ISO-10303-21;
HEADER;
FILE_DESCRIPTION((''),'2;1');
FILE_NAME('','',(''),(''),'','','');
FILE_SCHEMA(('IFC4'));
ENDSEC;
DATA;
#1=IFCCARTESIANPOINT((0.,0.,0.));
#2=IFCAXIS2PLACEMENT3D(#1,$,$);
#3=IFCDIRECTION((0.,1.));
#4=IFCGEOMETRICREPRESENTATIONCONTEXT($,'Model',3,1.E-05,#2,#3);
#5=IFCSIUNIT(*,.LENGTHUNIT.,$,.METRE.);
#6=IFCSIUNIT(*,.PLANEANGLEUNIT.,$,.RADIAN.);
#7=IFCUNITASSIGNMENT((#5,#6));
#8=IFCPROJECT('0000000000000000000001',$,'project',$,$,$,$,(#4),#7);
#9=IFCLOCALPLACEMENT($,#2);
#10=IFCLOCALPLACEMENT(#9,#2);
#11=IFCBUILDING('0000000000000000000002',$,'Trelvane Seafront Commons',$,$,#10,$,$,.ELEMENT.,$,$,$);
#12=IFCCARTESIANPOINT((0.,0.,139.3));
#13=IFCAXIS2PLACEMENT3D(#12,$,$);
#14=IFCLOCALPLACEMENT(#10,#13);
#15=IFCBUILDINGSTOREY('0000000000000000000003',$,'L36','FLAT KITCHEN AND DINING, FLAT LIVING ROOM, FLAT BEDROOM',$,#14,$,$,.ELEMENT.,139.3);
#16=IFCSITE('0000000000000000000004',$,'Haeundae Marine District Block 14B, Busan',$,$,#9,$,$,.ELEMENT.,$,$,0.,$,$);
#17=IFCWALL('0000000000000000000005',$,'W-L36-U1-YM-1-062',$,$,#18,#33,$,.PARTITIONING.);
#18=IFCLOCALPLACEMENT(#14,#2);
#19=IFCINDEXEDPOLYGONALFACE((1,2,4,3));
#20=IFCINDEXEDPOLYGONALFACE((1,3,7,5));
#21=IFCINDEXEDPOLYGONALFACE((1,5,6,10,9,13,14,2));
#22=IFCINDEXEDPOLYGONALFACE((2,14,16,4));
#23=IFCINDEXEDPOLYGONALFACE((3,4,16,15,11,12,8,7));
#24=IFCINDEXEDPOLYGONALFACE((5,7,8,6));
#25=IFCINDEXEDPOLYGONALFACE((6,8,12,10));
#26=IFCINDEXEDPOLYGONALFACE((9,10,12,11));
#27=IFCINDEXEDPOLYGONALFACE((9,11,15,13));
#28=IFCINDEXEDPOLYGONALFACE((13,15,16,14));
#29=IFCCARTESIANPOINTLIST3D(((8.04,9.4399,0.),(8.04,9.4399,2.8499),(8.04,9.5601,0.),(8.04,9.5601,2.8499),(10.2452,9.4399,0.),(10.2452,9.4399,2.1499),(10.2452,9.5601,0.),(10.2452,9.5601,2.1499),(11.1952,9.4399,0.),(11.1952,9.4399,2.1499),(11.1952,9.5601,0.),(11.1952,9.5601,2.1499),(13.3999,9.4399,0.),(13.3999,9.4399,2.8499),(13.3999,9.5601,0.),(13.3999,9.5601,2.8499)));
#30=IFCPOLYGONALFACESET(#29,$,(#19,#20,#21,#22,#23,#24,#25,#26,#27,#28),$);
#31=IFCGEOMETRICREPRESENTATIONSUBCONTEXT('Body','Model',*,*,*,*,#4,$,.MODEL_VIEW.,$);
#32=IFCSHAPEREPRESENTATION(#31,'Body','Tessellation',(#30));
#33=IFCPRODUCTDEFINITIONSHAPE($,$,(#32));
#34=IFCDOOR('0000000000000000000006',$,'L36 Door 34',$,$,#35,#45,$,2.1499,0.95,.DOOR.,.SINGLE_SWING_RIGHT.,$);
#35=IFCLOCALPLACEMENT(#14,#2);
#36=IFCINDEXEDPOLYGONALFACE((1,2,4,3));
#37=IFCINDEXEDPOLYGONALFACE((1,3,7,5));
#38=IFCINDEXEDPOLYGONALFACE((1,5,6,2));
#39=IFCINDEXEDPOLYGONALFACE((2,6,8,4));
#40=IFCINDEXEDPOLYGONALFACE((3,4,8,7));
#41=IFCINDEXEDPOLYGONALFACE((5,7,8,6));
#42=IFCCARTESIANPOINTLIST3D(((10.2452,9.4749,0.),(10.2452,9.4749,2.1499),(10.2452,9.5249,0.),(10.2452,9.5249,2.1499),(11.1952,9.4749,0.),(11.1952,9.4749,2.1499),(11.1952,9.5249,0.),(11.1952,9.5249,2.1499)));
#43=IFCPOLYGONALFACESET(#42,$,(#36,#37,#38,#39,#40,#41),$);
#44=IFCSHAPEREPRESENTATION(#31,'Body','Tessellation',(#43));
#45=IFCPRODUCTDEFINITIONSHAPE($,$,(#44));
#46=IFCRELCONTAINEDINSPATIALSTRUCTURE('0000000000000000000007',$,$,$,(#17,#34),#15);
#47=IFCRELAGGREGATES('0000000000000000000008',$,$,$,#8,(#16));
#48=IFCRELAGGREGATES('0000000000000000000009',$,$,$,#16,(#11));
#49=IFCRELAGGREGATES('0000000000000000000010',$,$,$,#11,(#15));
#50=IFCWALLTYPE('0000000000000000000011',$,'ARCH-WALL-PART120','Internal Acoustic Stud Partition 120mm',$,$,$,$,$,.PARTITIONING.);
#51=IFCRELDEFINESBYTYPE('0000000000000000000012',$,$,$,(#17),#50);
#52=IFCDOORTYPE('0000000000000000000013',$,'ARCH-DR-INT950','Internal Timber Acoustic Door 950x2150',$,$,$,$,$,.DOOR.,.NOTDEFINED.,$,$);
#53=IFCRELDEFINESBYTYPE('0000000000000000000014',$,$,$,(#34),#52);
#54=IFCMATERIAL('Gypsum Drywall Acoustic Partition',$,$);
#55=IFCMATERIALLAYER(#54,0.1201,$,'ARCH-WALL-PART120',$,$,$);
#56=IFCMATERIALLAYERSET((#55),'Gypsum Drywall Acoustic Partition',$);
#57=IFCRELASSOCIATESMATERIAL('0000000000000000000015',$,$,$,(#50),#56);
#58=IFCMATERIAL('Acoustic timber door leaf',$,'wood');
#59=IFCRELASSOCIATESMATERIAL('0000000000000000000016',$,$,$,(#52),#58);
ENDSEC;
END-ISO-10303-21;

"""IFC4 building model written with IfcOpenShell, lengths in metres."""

from ifc_helpers import new_model, si_unit, direction, frame, frame_2d, origin, place, context, subcontext, project, spatial, rectangle, extrude, source, transform, mapped, material, layer, layer_set, type_object, element, fill, save


model = new_model("IFC4")

# Units and contexts
model_context = context("Model", 3, precision=1e-05, world=origin(), true_north=direction((0.0, 1.0)))
body_context = subcontext(model_context, "Body", "Model", "MODEL_VIEW")
ifc_project = project(units=[si_unit("LENGTHUNIT", "METRE"), si_unit("PLANEANGLEUNIT", "RADIAN")], contexts=[model_context])

# Site, building, storey
site_placement = place(None, origin())
site = spatial("IfcSite", under=ifc_project, at=site_placement, Name="Haeundae Marine District Block 14B, Busan", CompositionType="ELEMENT", RefElevation=0.0)
building_placement = place(site_placement, origin())
building = spatial("IfcBuilding", under=site, at=building_placement, Name="Trelvane Seafront Commons", CompositionType="ELEMENT")
storey_placement = place(building_placement, frame((0.0, 0.0, 139.3)))
storey = spatial("IfcBuildingStorey", under=building, at=storey_placement, Name="L36", Description="FLAT KITCHEN AND DINING, FLAT LIVING ROOM, FLAT BEDROOM", CompositionType="ELEMENT", Elevation=139.3)

# Wall, opening, door
ifc_material_1 = material(Name="Gypsum Drywall Acoustic Partition")
ifc_layer_1 = layer(ifc_material_1, 0.1201, Name="ARCH-WALL-PART120")
ifc_layer_set_1 = layer_set([ifc_layer_1], Name="Gypsum Drywall Acoustic Partition")
wall_type_1 = type_object("IfcWallType", Name="ARCH-WALL-PART120", Description="Internal Acoustic Stud Partition 120mm", PredefinedType="PARTITIONING", material=ifc_layer_set_1)
ifc_material_2 = material(Name="Acoustic timber door leaf", Category="wood")
door_type = type_object("IfcDoorType", Name="ARCH-DR-INT950", Description="Internal Timber Acoustic Door 950x2150", OperationType="NOTDEFINED", PredefinedType="DOOR", material=ifc_material_2)
shared_shape_1 = source(origin(), body_context, "Body", "SweptSolid", [
    extrude(rectangle(XDim=0.95, YDim=2.1499, at=frame_2d((0.4751, 1.075))), frame((0.0, 0.0249, 0.0), z_axis=(0.0, -1.0, 0.0), x_axis=(1.0, 0.0, 0.0)), (0.0, 0.0, 1.0), 0.05),
])
wall_1_placement = place(storey_placement, frame((8.04, 9.5, 0.0), z_axis=(0.0, 0.0, 1.0), x_axis=(1.0, 0.0, 0.0)))
wall_1 = element("IfcWall", 1, at=wall_1_placement, inside=storey, type_object=wall_type_1, Name="W-L36-U1-YM-1-062", PredefinedType="PARTITIONING", context=body_context, shape_type="SweptSolid", body=[
    extrude(rectangle(XDim=5.3599, YDim=0.1201, at=frame_2d((2.6799, 0.0))), origin(), (0.0, 0.0, 1.0), 2.8499),
])
opening_1_placement = place(wall_1_placement, frame((2.2051, 0.0, 0.0)))
opening_1 = element("IfcOpeningElement", 2, at=opening_1_placement, cuts=wall_1, PredefinedType="OPENING", context=body_context, shape_type="SweptSolid", body=[
    extrude(rectangle(XDim=0.95, YDim=2.1499, at=frame_2d((0.4751, 1.075))), frame((0.0, 0.0701, 0.0), z_axis=(0.0, -1.0, 0.0), x_axis=(1.0, 0.0, 0.0)), (0.0, 0.0, 1.0), 0.1401),
])
door_1_placement = place(opening_1_placement, origin())
door_1 = element("IfcDoor", 3, at=door_1_placement, inside=storey, type_object=door_type, Name="L36 Door 34", OperationType="SINGLE_SWING_RIGHT", OverallHeight=2.1499, OverallWidth=0.95, PredefinedType="DOOR", context=body_context, shape_type="MappedRepresentation", body=[
    mapped(shared_shape_1, transform((0.0, 0.0, 0.0), x_axis=(1.0, 0.0, 0.0), y_axis=(0.0, 1.0, 0.0), z_axis=(0.0, 0.0, 1.0), scale=1.0)),
])
fill(opening_1, door_1)

save(model, "model.ifc")
